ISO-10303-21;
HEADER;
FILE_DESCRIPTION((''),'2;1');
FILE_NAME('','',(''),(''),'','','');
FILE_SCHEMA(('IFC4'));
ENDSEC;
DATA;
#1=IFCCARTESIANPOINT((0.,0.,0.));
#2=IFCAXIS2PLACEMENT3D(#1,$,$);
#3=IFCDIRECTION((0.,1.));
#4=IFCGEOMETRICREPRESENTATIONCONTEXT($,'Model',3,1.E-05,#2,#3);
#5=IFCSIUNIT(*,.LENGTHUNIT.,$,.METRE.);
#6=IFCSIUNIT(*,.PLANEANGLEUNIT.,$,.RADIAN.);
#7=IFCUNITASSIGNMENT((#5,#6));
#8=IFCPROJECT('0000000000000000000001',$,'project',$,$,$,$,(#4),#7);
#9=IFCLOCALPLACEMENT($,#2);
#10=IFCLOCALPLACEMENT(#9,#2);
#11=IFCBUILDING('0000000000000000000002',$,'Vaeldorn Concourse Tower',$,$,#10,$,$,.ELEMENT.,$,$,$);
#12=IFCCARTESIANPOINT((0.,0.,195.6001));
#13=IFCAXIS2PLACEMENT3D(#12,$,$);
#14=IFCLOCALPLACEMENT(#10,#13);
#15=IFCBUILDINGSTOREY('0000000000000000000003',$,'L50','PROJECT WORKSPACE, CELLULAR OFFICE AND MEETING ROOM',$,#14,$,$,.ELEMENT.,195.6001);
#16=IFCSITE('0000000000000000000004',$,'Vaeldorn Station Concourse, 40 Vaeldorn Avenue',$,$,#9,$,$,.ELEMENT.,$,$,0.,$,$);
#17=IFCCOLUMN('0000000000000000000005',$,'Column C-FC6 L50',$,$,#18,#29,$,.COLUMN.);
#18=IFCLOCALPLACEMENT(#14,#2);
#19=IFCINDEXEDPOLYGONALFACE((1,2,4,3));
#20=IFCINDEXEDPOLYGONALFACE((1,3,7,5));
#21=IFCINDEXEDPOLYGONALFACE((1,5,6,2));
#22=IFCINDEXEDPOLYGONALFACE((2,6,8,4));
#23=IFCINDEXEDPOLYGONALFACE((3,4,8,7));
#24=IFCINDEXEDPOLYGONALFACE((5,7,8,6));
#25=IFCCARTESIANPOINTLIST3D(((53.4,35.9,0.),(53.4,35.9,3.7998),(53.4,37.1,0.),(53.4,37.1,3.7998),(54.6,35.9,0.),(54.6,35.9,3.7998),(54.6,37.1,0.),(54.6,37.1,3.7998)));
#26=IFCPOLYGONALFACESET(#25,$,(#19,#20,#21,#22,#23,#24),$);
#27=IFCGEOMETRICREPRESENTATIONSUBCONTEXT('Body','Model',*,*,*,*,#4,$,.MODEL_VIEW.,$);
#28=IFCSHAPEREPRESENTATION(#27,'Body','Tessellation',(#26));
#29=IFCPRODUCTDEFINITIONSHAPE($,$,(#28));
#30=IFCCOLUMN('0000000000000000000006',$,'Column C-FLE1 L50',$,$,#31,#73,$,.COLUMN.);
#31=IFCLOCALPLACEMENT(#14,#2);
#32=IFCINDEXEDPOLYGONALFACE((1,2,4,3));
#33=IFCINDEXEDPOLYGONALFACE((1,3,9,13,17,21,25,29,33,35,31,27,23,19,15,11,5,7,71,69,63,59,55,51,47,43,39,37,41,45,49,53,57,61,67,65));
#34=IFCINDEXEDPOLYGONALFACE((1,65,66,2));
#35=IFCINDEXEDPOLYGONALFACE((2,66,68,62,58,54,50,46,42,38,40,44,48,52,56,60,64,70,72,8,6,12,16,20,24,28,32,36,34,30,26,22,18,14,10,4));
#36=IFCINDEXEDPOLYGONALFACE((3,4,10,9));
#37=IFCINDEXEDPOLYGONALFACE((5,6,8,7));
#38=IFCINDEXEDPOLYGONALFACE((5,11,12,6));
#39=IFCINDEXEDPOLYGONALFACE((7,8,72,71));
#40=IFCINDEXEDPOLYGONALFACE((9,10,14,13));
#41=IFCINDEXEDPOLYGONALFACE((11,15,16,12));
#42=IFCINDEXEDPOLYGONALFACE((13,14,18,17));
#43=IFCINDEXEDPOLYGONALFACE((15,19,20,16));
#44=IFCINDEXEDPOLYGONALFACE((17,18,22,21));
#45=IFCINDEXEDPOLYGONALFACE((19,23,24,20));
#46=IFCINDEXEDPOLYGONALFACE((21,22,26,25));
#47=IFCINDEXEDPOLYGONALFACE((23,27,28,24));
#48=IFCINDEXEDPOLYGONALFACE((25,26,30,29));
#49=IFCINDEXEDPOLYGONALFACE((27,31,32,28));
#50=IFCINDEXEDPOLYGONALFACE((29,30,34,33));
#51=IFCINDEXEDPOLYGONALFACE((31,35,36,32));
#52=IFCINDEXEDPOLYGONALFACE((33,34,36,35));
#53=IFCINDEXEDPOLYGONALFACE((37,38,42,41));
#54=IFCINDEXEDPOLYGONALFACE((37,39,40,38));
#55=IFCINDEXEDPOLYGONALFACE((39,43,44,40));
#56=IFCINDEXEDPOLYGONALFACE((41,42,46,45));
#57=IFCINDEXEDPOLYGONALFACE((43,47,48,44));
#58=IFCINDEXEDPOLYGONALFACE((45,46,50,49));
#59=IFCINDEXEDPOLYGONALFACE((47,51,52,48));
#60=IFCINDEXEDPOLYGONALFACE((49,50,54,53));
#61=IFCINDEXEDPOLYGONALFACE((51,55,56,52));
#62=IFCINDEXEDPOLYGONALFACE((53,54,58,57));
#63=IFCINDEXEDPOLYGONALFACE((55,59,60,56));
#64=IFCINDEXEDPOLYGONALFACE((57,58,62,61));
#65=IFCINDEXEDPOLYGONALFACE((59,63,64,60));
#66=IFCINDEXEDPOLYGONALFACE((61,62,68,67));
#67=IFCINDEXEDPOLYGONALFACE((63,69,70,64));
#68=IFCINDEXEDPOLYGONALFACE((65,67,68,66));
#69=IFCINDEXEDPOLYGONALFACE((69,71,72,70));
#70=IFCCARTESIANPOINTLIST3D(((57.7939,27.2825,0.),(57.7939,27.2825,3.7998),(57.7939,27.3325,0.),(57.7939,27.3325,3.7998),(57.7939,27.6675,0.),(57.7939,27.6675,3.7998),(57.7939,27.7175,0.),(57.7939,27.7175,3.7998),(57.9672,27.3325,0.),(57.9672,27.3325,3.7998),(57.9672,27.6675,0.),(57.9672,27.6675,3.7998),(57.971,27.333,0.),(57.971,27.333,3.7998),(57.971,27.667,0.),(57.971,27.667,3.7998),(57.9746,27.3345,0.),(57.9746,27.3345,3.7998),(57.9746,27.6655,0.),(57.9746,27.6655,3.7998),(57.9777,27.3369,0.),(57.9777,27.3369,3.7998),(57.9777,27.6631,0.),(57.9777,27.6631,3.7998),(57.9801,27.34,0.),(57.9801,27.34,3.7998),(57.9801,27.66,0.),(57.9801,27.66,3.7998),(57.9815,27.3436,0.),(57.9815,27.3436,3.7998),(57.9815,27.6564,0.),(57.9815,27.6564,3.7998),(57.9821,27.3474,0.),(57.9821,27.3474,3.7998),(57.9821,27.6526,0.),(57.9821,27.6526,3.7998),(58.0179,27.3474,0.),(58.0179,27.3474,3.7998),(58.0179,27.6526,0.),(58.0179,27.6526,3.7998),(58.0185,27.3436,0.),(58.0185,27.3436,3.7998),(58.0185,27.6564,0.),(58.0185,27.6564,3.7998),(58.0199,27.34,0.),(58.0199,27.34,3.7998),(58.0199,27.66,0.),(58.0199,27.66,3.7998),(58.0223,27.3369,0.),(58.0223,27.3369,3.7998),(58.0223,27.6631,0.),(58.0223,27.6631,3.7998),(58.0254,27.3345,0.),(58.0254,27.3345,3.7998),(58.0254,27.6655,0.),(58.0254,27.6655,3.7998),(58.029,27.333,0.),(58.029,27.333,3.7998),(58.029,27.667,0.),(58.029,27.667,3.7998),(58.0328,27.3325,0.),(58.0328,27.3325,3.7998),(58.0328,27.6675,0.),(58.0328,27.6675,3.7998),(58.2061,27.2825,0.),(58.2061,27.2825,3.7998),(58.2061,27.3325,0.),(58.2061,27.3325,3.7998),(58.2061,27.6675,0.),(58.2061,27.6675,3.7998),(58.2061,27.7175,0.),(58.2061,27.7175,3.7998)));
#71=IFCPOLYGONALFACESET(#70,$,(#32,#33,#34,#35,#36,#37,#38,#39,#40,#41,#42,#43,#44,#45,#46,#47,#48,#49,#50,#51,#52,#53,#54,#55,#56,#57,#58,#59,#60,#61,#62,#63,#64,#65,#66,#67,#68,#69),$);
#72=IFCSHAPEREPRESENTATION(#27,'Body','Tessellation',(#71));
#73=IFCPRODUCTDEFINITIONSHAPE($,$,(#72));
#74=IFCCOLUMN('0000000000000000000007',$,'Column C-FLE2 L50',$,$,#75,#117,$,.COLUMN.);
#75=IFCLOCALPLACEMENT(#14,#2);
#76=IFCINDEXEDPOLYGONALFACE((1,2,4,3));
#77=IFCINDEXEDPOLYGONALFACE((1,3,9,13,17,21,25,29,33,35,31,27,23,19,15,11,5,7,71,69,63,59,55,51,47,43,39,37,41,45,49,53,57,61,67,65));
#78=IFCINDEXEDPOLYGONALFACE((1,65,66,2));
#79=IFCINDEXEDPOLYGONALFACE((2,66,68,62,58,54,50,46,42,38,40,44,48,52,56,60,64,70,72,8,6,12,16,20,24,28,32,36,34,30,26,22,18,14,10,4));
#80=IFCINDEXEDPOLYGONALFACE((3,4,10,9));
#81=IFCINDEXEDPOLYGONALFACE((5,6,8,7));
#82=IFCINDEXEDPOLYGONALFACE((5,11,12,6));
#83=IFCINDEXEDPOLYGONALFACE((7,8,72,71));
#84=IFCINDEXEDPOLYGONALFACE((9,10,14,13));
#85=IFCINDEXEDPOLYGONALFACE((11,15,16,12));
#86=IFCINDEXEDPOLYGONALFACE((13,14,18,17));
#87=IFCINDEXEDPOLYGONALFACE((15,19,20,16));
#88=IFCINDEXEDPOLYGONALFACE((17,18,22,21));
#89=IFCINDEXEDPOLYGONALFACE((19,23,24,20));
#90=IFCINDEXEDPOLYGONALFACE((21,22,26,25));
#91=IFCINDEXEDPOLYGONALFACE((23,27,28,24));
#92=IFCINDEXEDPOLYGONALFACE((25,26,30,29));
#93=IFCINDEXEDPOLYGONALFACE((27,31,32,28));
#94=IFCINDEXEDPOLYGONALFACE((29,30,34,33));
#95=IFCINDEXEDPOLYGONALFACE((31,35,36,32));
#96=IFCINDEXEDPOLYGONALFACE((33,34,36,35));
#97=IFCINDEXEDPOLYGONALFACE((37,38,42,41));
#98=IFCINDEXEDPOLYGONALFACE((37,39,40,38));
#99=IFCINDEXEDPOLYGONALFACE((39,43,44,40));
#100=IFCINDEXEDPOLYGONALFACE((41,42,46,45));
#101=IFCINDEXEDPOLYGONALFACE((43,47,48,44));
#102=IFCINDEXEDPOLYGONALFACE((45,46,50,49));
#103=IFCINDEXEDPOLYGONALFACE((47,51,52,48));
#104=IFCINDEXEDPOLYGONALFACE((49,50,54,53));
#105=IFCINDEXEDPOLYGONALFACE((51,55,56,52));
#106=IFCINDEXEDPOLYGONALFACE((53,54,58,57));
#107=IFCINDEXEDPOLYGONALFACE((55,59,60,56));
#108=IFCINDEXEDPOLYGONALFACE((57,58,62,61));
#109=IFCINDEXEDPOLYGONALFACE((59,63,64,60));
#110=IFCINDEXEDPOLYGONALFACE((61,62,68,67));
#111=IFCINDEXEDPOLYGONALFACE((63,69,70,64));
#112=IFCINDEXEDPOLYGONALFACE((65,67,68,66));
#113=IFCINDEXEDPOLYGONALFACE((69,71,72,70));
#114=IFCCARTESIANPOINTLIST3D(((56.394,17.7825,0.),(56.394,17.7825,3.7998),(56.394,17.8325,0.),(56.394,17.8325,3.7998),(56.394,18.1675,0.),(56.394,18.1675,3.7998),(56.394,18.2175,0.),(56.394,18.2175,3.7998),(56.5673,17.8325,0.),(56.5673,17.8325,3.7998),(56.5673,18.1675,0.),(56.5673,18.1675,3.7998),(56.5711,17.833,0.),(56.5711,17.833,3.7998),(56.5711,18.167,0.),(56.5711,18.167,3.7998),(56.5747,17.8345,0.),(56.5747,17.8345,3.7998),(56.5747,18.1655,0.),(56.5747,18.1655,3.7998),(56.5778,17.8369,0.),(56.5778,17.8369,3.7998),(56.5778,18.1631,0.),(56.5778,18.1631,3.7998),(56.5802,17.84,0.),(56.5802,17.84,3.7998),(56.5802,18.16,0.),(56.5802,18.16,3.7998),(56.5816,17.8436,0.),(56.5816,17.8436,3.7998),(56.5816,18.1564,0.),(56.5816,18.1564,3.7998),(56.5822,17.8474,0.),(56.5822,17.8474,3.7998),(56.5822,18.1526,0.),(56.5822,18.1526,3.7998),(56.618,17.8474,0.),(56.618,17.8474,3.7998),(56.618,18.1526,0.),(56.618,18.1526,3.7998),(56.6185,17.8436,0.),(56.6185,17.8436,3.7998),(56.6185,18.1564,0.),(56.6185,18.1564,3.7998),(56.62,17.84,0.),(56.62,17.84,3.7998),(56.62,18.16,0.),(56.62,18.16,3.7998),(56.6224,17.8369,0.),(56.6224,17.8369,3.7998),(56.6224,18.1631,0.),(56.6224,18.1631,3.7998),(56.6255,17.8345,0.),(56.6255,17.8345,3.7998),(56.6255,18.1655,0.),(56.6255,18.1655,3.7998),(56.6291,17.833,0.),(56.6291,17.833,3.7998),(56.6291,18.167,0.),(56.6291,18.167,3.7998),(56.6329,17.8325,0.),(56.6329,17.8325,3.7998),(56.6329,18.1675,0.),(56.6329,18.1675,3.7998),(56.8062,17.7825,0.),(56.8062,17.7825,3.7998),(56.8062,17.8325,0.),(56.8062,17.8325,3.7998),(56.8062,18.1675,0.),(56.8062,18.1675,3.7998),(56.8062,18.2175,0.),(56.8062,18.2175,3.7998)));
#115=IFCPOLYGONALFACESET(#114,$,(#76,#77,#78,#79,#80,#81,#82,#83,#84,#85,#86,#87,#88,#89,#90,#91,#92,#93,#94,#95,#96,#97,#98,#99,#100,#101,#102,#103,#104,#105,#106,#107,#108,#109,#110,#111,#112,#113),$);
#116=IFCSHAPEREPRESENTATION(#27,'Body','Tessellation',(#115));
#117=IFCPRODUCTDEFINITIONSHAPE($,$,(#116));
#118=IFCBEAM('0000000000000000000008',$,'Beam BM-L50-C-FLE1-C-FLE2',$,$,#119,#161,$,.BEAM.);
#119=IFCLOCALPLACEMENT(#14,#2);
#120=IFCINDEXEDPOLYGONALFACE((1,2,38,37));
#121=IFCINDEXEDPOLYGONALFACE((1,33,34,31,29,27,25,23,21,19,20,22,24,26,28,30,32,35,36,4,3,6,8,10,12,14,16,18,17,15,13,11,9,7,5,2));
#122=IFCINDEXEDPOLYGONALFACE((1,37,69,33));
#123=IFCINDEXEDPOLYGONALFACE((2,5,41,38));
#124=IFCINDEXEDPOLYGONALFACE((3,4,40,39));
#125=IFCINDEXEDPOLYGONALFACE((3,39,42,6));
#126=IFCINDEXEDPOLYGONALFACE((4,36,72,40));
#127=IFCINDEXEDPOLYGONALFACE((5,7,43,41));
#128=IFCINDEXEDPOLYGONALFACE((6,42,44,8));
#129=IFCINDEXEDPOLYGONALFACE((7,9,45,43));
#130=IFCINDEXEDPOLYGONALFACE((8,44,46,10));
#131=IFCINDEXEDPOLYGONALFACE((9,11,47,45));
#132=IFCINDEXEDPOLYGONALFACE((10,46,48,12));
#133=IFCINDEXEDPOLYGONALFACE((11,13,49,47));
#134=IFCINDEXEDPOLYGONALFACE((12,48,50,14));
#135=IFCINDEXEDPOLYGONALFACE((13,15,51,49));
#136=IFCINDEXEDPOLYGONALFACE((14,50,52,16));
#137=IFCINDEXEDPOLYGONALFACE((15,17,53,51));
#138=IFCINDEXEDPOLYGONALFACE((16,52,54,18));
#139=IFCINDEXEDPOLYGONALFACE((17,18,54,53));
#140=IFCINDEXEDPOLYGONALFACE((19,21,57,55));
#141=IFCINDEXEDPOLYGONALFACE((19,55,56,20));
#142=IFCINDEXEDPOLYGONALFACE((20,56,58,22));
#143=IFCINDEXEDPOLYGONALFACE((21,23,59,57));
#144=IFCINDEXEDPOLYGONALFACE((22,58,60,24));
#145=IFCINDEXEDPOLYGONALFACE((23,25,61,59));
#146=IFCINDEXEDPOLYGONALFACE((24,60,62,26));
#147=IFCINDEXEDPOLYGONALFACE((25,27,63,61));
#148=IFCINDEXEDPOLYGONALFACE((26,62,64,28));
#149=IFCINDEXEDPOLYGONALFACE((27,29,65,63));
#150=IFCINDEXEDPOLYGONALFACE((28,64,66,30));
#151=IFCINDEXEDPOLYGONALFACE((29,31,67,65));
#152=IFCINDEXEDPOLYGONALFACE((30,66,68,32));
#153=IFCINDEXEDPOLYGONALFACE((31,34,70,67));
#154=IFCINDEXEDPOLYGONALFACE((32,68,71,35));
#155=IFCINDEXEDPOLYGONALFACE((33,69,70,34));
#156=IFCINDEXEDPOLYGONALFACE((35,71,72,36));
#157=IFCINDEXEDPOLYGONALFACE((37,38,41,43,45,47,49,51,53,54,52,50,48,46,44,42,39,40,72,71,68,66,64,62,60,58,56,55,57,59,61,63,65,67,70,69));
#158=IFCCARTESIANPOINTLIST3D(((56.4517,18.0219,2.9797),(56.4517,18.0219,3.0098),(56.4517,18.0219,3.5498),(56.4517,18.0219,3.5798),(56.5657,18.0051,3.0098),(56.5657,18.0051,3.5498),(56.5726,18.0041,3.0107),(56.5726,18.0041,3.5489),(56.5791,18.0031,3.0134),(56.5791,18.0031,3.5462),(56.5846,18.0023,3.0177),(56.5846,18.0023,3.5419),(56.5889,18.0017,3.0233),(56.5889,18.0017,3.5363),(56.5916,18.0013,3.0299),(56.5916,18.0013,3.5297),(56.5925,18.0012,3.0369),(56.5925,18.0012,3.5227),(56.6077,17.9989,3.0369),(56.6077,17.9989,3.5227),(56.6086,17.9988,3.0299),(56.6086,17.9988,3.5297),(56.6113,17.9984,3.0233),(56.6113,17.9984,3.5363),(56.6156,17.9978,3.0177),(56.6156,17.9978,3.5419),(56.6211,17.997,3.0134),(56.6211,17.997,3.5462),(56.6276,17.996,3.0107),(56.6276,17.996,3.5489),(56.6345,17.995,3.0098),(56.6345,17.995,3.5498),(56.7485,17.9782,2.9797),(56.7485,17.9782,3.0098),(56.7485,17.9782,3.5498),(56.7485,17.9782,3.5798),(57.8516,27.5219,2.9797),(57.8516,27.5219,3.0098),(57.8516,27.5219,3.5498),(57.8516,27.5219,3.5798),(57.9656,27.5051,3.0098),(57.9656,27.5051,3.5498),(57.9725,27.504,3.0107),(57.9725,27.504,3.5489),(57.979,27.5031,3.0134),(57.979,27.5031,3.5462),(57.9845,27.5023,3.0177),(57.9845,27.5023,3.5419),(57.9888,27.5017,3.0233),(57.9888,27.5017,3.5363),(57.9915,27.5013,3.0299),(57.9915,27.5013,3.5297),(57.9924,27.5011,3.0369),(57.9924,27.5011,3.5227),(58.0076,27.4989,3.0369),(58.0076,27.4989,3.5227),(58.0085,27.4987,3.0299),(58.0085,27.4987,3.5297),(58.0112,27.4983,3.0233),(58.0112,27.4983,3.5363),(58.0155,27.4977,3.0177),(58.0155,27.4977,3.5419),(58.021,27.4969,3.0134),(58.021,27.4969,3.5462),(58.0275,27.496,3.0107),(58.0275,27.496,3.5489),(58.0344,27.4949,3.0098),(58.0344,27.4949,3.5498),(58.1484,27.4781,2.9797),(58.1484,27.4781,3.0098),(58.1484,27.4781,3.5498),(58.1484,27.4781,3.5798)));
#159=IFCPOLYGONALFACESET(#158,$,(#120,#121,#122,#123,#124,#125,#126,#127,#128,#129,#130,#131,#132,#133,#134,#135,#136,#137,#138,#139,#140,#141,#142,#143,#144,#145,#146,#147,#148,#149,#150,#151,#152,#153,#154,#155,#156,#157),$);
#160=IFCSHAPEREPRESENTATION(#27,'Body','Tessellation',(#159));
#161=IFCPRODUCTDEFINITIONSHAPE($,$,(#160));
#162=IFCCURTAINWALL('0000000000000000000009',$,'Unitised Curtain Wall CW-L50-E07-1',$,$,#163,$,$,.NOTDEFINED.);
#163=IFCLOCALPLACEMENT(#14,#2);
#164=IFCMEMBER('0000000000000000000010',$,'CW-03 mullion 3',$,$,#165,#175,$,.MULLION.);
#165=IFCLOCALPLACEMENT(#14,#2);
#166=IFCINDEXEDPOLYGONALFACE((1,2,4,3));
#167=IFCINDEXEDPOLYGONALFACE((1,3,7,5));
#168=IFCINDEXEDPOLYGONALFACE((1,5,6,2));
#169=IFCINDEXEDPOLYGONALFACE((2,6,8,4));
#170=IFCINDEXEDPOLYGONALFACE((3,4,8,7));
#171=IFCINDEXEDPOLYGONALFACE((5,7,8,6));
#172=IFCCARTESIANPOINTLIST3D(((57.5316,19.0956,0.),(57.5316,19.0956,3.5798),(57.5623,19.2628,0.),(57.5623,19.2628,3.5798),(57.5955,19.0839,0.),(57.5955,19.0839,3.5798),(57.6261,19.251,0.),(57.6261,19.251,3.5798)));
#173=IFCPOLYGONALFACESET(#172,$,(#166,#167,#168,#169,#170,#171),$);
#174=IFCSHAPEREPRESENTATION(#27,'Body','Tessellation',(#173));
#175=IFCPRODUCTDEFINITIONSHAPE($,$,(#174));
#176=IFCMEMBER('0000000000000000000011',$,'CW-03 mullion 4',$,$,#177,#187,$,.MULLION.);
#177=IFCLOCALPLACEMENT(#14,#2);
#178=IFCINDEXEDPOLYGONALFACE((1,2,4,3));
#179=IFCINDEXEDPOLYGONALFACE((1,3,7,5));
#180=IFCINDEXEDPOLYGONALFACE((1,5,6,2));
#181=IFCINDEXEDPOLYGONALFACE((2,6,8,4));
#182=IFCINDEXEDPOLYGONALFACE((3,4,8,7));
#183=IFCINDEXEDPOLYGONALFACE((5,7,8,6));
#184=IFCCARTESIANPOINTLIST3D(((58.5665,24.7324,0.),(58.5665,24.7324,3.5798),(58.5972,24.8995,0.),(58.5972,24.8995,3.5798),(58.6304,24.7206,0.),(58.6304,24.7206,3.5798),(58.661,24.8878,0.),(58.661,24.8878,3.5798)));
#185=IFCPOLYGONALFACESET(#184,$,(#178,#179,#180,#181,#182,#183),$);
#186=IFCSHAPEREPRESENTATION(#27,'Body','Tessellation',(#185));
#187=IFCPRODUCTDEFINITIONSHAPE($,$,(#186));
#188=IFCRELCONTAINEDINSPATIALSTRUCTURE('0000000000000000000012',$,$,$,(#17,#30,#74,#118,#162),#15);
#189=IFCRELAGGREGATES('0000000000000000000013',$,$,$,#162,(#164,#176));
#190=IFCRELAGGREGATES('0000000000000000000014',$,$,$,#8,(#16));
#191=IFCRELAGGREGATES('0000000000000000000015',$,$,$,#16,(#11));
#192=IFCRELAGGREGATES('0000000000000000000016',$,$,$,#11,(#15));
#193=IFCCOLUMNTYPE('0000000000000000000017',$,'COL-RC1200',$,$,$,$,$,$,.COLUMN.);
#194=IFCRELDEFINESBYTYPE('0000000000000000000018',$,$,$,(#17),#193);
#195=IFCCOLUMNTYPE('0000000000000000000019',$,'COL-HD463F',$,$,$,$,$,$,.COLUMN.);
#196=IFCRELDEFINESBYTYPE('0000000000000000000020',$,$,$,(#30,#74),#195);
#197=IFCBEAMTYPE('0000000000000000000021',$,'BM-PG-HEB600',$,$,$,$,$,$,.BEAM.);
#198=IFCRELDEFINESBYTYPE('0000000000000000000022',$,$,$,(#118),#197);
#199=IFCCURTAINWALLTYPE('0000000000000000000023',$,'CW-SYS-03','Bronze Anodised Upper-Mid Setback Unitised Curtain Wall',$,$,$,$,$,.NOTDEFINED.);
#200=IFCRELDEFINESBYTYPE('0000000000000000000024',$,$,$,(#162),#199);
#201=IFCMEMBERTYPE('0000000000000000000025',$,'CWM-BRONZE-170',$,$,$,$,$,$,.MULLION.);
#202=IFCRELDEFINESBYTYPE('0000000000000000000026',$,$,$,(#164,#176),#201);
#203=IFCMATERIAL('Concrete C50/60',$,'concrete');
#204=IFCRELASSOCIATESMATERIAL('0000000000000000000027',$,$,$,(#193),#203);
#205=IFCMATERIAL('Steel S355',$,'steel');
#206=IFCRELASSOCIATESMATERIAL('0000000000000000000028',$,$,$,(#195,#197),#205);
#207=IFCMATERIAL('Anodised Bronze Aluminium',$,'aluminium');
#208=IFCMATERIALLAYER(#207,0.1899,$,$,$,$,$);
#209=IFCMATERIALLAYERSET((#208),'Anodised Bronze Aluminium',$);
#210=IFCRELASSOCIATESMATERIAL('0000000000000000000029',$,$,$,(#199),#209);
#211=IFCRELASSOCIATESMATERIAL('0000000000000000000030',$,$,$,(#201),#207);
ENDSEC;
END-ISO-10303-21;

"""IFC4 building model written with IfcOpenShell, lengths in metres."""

from ifc_helpers import new_model, si_unit, direction, frame, origin, origin_2d, place, context, subcontext, project, spatial, rectangle, i_section, extrude, source, transform, mapped, material, layer, layer_set, material_profile, profile_set, type_object, element, aggregate, save


model = new_model("IFC4")

# Units and contexts
model_context = context("Model", 3, precision=1e-05, world=origin(), true_north=direction((0.0, 1.0)))
body_context = subcontext(model_context, "Body", "Model", "MODEL_VIEW")
ifc_project = project(units=[si_unit("LENGTHUNIT", "METRE"), si_unit("PLANEANGLEUNIT", "RADIAN")], contexts=[model_context])

# Site, building, storey
site_placement = place(None, origin())
site = spatial("IfcSite", under=ifc_project, at=site_placement, Name="Vaeldorn Station Concourse, 40 Vaeldorn Avenue", CompositionType="ELEMENT", RefElevation=0.0)
building_placement = place(site_placement, origin())
building = spatial("IfcBuilding", under=site, at=building_placement, Name="Vaeldorn Concourse Tower", CompositionType="ELEMENT")
storey_placement = place(building_placement, frame((0.0, 0.0, 195.6001)))
storey = spatial("IfcBuildingStorey", under=building, at=storey_placement, Name="L50", Description="PROJECT WORKSPACE, CELLULAR OFFICE AND MEETING ROOM", CompositionType="ELEMENT", Elevation=195.6001)

# Columns
ifc_material_1 = material(Name="Concrete C50/60", Category="concrete")
ifc_material_profile_1 = material_profile(ifc_material_1, rectangle(XDim=1.2, YDim=1.2, at=origin_2d()), Name="RC 1200x1200")
ifc_profile_set_1 = profile_set([ifc_material_profile_1], Name="Concrete C50/60")
column_type_1 = type_object("IfcColumnType", Name="COL-RC1200", PredefinedType="COLUMN", material=ifc_profile_set_1)
shared_shape_1 = source(origin(), body_context, "Body", "SweptSolid", [
    extrude(rectangle(XDim=1.2, YDim=1.2, at=origin_2d()), origin(), (0.0, 0.0, 1.0), 3.7998),
])
column_placement = place(storey_placement, frame((54.0, 36.5, 0.0), z_axis=(0.0, 0.0, 1.0), x_axis=(1.0, 0.0, 0.0)))
element("IfcColumn", 1, at=column_placement, inside=storey, type_object=column_type_1, Name="Column C-FC6 L50", PredefinedType="COLUMN", context=body_context, shape_type="MappedRepresentation", body=[
    mapped(shared_shape_1, transform((0.0, 0.0, 0.0), scale=1.0)),
])
ifc_material_2 = material(Name="Steel S355", Category="steel")
ifc_material_profile_2 = material_profile(ifc_material_2, i_section(OverallWidth=0.4121, OverallDepth=0.4351, WebThickness=0.0359, FlangeThickness=0.05, FilletRadius=0.0149, at=origin_2d()), Name="HD 400x463")
ifc_profile_set_2 = profile_set([ifc_material_profile_2], Name="Steel S355")
column_type_2 = type_object("IfcColumnType", Name="COL-HD463F", PredefinedType="COLUMN", material=ifc_profile_set_2)
shared_shape_2 = source(origin(), body_context, "Body", "SweptSolid", [
    extrude(i_section(OverallWidth=0.4121, OverallDepth=0.4351, WebThickness=0.0359, FlangeThickness=0.05, FilletRadius=0.0149, at=origin_2d()), origin(), (0.0, 0.0, 1.0), 3.7998),
])
for number, where, z_axis, x_axis, name in (
    (2, (58.0, 27.5, 0.0), (0.0, 0.0, 1.0), (1.0, 0.0, 0.0), "Column C-FLE1 L50"),
    (3, (56.6001, 18.0, 0.0), (0.0, 0.0, 1.0), (1.0, 0.0, 0.0), "Column C-FLE2 L50"),
):
    element("IfcColumn", number, at=place(storey_placement, frame(where, z_axis=z_axis, x_axis=x_axis)), inside=storey, type_object=column_type_2, Name=name, PredefinedType="COLUMN", context=body_context, shape_type="MappedRepresentation", body=[
        mapped(shared_shape_2, transform((0.0, 0.0, 0.0), scale=1.0)),
    ])

# Beam
ifc_material_profile_3 = material_profile(ifc_material_2, i_section(OverallWidth=0.3, OverallDepth=0.6001, WebThickness=0.0154, FlangeThickness=0.03, FilletRadius=0.0271, at=origin_2d()), Name="HEB 600")
ifc_profile_set_3 = profile_set([ifc_material_profile_3], Name="Steel S355")
beam_type = type_object("IfcBeamType", Name="BM-PG-HEB600", PredefinedType="BEAM", material=ifc_profile_set_3)
shared_shape_3 = source(origin(), body_context, "Body", "SweptSolid", [
    extrude(i_section(OverallWidth=0.3, OverallDepth=0.6001, WebThickness=0.0154, FlangeThickness=0.03, FilletRadius=0.0271, at=origin_2d()), origin(), (0.0, 0.0, 1.0), 9.6025),
])
beam_placement = place(storey_placement, frame((58.0, 27.5, 3.2798), z_axis=(-0.145784, -0.989316, 0.0), x_axis=(0.989316, -0.145784, 0.0)))
element("IfcBeam", 4, at=beam_placement, inside=storey, type_object=beam_type, Name="Beam BM-L50-C-FLE1-C-FLE2", PredefinedType="BEAM", context=body_context, shape_type="MappedRepresentation", body=[
    mapped(shared_shape_3, transform((0.0, 0.0, 0.0), scale=1.0)),
])

# Curtain wall, members
ifc_material_3 = material(Name="Anodised Bronze Aluminium", Category="aluminium")
ifc_layer_1 = layer(ifc_material_3, 0.1899)
ifc_layer_set_1 = layer_set([ifc_layer_1], Name="Anodised Bronze Aluminium")
curtain_wall_type = type_object("IfcCurtainWallType", Name="CW-SYS-03", Description="Bronze Anodised Upper-Mid Setback Unitised Curtain Wall", PredefinedType="NOTDEFINED", material=ifc_layer_set_1)
curtain_wall_placement = place(storey_placement, origin())
curtain_wall = element("IfcCurtainWall", 5, at=curtain_wall_placement, inside=storey, type_object=curtain_wall_type, Name="Unitised Curtain Wall CW-L50-E07-1", PredefinedType="NOTDEFINED")
ifc_material_profile_4 = material_profile(ifc_material_3, rectangle(XDim=0.0649, YDim=0.1699, at=origin_2d()), Name="CWM 65x170")
ifc_profile_set_4 = profile_set([ifc_material_profile_4], Name="Anodised Bronze Aluminium")
member_type_1 = type_object("IfcMemberType", Name="CWM-BRONZE-170", PredefinedType="MULLION", material=ifc_profile_set_4)
shared_shape_4 = source(origin(), body_context, "Body", "SweptSolid", [
    extrude(rectangle(XDim=0.0649, YDim=0.1699, at=origin_2d()), origin(), (0.0, 0.0, 1.0), 3.5798),
])
member_1_placement = place(storey_placement, frame((57.5789, 19.1733, 0.0), z_axis=(0.0, 0.0, 1.0), x_axis=(-0.983559, 0.180585, 0.0)))
member_1 = element("IfcMember", 6, at=member_1_placement, type_object=member_type_1, Name="CW-03 mullion 3", PredefinedType="MULLION", context=body_context, shape_type="MappedRepresentation", body=[
    mapped(shared_shape_4, transform((0.0, 0.0, 0.0), scale=1.0)),
])
member_2_placement = place(storey_placement, frame((58.6138, 24.8101, 0.0), z_axis=(0.0, 0.0, 1.0), x_axis=(-0.983559, 0.180585, 0.0)))
member_2 = element("IfcMember", 7, at=member_2_placement, type_object=member_type_1, Name="CW-03 mullion 4", PredefinedType="MULLION", context=body_context, shape_type="MappedRepresentation", body=[
    mapped(shared_shape_4, transform((0.0, 0.0, 0.0), scale=1.0)),
])
aggregate(curtain_wall, [member_1, member_2])

save(model, "model.ifc")
